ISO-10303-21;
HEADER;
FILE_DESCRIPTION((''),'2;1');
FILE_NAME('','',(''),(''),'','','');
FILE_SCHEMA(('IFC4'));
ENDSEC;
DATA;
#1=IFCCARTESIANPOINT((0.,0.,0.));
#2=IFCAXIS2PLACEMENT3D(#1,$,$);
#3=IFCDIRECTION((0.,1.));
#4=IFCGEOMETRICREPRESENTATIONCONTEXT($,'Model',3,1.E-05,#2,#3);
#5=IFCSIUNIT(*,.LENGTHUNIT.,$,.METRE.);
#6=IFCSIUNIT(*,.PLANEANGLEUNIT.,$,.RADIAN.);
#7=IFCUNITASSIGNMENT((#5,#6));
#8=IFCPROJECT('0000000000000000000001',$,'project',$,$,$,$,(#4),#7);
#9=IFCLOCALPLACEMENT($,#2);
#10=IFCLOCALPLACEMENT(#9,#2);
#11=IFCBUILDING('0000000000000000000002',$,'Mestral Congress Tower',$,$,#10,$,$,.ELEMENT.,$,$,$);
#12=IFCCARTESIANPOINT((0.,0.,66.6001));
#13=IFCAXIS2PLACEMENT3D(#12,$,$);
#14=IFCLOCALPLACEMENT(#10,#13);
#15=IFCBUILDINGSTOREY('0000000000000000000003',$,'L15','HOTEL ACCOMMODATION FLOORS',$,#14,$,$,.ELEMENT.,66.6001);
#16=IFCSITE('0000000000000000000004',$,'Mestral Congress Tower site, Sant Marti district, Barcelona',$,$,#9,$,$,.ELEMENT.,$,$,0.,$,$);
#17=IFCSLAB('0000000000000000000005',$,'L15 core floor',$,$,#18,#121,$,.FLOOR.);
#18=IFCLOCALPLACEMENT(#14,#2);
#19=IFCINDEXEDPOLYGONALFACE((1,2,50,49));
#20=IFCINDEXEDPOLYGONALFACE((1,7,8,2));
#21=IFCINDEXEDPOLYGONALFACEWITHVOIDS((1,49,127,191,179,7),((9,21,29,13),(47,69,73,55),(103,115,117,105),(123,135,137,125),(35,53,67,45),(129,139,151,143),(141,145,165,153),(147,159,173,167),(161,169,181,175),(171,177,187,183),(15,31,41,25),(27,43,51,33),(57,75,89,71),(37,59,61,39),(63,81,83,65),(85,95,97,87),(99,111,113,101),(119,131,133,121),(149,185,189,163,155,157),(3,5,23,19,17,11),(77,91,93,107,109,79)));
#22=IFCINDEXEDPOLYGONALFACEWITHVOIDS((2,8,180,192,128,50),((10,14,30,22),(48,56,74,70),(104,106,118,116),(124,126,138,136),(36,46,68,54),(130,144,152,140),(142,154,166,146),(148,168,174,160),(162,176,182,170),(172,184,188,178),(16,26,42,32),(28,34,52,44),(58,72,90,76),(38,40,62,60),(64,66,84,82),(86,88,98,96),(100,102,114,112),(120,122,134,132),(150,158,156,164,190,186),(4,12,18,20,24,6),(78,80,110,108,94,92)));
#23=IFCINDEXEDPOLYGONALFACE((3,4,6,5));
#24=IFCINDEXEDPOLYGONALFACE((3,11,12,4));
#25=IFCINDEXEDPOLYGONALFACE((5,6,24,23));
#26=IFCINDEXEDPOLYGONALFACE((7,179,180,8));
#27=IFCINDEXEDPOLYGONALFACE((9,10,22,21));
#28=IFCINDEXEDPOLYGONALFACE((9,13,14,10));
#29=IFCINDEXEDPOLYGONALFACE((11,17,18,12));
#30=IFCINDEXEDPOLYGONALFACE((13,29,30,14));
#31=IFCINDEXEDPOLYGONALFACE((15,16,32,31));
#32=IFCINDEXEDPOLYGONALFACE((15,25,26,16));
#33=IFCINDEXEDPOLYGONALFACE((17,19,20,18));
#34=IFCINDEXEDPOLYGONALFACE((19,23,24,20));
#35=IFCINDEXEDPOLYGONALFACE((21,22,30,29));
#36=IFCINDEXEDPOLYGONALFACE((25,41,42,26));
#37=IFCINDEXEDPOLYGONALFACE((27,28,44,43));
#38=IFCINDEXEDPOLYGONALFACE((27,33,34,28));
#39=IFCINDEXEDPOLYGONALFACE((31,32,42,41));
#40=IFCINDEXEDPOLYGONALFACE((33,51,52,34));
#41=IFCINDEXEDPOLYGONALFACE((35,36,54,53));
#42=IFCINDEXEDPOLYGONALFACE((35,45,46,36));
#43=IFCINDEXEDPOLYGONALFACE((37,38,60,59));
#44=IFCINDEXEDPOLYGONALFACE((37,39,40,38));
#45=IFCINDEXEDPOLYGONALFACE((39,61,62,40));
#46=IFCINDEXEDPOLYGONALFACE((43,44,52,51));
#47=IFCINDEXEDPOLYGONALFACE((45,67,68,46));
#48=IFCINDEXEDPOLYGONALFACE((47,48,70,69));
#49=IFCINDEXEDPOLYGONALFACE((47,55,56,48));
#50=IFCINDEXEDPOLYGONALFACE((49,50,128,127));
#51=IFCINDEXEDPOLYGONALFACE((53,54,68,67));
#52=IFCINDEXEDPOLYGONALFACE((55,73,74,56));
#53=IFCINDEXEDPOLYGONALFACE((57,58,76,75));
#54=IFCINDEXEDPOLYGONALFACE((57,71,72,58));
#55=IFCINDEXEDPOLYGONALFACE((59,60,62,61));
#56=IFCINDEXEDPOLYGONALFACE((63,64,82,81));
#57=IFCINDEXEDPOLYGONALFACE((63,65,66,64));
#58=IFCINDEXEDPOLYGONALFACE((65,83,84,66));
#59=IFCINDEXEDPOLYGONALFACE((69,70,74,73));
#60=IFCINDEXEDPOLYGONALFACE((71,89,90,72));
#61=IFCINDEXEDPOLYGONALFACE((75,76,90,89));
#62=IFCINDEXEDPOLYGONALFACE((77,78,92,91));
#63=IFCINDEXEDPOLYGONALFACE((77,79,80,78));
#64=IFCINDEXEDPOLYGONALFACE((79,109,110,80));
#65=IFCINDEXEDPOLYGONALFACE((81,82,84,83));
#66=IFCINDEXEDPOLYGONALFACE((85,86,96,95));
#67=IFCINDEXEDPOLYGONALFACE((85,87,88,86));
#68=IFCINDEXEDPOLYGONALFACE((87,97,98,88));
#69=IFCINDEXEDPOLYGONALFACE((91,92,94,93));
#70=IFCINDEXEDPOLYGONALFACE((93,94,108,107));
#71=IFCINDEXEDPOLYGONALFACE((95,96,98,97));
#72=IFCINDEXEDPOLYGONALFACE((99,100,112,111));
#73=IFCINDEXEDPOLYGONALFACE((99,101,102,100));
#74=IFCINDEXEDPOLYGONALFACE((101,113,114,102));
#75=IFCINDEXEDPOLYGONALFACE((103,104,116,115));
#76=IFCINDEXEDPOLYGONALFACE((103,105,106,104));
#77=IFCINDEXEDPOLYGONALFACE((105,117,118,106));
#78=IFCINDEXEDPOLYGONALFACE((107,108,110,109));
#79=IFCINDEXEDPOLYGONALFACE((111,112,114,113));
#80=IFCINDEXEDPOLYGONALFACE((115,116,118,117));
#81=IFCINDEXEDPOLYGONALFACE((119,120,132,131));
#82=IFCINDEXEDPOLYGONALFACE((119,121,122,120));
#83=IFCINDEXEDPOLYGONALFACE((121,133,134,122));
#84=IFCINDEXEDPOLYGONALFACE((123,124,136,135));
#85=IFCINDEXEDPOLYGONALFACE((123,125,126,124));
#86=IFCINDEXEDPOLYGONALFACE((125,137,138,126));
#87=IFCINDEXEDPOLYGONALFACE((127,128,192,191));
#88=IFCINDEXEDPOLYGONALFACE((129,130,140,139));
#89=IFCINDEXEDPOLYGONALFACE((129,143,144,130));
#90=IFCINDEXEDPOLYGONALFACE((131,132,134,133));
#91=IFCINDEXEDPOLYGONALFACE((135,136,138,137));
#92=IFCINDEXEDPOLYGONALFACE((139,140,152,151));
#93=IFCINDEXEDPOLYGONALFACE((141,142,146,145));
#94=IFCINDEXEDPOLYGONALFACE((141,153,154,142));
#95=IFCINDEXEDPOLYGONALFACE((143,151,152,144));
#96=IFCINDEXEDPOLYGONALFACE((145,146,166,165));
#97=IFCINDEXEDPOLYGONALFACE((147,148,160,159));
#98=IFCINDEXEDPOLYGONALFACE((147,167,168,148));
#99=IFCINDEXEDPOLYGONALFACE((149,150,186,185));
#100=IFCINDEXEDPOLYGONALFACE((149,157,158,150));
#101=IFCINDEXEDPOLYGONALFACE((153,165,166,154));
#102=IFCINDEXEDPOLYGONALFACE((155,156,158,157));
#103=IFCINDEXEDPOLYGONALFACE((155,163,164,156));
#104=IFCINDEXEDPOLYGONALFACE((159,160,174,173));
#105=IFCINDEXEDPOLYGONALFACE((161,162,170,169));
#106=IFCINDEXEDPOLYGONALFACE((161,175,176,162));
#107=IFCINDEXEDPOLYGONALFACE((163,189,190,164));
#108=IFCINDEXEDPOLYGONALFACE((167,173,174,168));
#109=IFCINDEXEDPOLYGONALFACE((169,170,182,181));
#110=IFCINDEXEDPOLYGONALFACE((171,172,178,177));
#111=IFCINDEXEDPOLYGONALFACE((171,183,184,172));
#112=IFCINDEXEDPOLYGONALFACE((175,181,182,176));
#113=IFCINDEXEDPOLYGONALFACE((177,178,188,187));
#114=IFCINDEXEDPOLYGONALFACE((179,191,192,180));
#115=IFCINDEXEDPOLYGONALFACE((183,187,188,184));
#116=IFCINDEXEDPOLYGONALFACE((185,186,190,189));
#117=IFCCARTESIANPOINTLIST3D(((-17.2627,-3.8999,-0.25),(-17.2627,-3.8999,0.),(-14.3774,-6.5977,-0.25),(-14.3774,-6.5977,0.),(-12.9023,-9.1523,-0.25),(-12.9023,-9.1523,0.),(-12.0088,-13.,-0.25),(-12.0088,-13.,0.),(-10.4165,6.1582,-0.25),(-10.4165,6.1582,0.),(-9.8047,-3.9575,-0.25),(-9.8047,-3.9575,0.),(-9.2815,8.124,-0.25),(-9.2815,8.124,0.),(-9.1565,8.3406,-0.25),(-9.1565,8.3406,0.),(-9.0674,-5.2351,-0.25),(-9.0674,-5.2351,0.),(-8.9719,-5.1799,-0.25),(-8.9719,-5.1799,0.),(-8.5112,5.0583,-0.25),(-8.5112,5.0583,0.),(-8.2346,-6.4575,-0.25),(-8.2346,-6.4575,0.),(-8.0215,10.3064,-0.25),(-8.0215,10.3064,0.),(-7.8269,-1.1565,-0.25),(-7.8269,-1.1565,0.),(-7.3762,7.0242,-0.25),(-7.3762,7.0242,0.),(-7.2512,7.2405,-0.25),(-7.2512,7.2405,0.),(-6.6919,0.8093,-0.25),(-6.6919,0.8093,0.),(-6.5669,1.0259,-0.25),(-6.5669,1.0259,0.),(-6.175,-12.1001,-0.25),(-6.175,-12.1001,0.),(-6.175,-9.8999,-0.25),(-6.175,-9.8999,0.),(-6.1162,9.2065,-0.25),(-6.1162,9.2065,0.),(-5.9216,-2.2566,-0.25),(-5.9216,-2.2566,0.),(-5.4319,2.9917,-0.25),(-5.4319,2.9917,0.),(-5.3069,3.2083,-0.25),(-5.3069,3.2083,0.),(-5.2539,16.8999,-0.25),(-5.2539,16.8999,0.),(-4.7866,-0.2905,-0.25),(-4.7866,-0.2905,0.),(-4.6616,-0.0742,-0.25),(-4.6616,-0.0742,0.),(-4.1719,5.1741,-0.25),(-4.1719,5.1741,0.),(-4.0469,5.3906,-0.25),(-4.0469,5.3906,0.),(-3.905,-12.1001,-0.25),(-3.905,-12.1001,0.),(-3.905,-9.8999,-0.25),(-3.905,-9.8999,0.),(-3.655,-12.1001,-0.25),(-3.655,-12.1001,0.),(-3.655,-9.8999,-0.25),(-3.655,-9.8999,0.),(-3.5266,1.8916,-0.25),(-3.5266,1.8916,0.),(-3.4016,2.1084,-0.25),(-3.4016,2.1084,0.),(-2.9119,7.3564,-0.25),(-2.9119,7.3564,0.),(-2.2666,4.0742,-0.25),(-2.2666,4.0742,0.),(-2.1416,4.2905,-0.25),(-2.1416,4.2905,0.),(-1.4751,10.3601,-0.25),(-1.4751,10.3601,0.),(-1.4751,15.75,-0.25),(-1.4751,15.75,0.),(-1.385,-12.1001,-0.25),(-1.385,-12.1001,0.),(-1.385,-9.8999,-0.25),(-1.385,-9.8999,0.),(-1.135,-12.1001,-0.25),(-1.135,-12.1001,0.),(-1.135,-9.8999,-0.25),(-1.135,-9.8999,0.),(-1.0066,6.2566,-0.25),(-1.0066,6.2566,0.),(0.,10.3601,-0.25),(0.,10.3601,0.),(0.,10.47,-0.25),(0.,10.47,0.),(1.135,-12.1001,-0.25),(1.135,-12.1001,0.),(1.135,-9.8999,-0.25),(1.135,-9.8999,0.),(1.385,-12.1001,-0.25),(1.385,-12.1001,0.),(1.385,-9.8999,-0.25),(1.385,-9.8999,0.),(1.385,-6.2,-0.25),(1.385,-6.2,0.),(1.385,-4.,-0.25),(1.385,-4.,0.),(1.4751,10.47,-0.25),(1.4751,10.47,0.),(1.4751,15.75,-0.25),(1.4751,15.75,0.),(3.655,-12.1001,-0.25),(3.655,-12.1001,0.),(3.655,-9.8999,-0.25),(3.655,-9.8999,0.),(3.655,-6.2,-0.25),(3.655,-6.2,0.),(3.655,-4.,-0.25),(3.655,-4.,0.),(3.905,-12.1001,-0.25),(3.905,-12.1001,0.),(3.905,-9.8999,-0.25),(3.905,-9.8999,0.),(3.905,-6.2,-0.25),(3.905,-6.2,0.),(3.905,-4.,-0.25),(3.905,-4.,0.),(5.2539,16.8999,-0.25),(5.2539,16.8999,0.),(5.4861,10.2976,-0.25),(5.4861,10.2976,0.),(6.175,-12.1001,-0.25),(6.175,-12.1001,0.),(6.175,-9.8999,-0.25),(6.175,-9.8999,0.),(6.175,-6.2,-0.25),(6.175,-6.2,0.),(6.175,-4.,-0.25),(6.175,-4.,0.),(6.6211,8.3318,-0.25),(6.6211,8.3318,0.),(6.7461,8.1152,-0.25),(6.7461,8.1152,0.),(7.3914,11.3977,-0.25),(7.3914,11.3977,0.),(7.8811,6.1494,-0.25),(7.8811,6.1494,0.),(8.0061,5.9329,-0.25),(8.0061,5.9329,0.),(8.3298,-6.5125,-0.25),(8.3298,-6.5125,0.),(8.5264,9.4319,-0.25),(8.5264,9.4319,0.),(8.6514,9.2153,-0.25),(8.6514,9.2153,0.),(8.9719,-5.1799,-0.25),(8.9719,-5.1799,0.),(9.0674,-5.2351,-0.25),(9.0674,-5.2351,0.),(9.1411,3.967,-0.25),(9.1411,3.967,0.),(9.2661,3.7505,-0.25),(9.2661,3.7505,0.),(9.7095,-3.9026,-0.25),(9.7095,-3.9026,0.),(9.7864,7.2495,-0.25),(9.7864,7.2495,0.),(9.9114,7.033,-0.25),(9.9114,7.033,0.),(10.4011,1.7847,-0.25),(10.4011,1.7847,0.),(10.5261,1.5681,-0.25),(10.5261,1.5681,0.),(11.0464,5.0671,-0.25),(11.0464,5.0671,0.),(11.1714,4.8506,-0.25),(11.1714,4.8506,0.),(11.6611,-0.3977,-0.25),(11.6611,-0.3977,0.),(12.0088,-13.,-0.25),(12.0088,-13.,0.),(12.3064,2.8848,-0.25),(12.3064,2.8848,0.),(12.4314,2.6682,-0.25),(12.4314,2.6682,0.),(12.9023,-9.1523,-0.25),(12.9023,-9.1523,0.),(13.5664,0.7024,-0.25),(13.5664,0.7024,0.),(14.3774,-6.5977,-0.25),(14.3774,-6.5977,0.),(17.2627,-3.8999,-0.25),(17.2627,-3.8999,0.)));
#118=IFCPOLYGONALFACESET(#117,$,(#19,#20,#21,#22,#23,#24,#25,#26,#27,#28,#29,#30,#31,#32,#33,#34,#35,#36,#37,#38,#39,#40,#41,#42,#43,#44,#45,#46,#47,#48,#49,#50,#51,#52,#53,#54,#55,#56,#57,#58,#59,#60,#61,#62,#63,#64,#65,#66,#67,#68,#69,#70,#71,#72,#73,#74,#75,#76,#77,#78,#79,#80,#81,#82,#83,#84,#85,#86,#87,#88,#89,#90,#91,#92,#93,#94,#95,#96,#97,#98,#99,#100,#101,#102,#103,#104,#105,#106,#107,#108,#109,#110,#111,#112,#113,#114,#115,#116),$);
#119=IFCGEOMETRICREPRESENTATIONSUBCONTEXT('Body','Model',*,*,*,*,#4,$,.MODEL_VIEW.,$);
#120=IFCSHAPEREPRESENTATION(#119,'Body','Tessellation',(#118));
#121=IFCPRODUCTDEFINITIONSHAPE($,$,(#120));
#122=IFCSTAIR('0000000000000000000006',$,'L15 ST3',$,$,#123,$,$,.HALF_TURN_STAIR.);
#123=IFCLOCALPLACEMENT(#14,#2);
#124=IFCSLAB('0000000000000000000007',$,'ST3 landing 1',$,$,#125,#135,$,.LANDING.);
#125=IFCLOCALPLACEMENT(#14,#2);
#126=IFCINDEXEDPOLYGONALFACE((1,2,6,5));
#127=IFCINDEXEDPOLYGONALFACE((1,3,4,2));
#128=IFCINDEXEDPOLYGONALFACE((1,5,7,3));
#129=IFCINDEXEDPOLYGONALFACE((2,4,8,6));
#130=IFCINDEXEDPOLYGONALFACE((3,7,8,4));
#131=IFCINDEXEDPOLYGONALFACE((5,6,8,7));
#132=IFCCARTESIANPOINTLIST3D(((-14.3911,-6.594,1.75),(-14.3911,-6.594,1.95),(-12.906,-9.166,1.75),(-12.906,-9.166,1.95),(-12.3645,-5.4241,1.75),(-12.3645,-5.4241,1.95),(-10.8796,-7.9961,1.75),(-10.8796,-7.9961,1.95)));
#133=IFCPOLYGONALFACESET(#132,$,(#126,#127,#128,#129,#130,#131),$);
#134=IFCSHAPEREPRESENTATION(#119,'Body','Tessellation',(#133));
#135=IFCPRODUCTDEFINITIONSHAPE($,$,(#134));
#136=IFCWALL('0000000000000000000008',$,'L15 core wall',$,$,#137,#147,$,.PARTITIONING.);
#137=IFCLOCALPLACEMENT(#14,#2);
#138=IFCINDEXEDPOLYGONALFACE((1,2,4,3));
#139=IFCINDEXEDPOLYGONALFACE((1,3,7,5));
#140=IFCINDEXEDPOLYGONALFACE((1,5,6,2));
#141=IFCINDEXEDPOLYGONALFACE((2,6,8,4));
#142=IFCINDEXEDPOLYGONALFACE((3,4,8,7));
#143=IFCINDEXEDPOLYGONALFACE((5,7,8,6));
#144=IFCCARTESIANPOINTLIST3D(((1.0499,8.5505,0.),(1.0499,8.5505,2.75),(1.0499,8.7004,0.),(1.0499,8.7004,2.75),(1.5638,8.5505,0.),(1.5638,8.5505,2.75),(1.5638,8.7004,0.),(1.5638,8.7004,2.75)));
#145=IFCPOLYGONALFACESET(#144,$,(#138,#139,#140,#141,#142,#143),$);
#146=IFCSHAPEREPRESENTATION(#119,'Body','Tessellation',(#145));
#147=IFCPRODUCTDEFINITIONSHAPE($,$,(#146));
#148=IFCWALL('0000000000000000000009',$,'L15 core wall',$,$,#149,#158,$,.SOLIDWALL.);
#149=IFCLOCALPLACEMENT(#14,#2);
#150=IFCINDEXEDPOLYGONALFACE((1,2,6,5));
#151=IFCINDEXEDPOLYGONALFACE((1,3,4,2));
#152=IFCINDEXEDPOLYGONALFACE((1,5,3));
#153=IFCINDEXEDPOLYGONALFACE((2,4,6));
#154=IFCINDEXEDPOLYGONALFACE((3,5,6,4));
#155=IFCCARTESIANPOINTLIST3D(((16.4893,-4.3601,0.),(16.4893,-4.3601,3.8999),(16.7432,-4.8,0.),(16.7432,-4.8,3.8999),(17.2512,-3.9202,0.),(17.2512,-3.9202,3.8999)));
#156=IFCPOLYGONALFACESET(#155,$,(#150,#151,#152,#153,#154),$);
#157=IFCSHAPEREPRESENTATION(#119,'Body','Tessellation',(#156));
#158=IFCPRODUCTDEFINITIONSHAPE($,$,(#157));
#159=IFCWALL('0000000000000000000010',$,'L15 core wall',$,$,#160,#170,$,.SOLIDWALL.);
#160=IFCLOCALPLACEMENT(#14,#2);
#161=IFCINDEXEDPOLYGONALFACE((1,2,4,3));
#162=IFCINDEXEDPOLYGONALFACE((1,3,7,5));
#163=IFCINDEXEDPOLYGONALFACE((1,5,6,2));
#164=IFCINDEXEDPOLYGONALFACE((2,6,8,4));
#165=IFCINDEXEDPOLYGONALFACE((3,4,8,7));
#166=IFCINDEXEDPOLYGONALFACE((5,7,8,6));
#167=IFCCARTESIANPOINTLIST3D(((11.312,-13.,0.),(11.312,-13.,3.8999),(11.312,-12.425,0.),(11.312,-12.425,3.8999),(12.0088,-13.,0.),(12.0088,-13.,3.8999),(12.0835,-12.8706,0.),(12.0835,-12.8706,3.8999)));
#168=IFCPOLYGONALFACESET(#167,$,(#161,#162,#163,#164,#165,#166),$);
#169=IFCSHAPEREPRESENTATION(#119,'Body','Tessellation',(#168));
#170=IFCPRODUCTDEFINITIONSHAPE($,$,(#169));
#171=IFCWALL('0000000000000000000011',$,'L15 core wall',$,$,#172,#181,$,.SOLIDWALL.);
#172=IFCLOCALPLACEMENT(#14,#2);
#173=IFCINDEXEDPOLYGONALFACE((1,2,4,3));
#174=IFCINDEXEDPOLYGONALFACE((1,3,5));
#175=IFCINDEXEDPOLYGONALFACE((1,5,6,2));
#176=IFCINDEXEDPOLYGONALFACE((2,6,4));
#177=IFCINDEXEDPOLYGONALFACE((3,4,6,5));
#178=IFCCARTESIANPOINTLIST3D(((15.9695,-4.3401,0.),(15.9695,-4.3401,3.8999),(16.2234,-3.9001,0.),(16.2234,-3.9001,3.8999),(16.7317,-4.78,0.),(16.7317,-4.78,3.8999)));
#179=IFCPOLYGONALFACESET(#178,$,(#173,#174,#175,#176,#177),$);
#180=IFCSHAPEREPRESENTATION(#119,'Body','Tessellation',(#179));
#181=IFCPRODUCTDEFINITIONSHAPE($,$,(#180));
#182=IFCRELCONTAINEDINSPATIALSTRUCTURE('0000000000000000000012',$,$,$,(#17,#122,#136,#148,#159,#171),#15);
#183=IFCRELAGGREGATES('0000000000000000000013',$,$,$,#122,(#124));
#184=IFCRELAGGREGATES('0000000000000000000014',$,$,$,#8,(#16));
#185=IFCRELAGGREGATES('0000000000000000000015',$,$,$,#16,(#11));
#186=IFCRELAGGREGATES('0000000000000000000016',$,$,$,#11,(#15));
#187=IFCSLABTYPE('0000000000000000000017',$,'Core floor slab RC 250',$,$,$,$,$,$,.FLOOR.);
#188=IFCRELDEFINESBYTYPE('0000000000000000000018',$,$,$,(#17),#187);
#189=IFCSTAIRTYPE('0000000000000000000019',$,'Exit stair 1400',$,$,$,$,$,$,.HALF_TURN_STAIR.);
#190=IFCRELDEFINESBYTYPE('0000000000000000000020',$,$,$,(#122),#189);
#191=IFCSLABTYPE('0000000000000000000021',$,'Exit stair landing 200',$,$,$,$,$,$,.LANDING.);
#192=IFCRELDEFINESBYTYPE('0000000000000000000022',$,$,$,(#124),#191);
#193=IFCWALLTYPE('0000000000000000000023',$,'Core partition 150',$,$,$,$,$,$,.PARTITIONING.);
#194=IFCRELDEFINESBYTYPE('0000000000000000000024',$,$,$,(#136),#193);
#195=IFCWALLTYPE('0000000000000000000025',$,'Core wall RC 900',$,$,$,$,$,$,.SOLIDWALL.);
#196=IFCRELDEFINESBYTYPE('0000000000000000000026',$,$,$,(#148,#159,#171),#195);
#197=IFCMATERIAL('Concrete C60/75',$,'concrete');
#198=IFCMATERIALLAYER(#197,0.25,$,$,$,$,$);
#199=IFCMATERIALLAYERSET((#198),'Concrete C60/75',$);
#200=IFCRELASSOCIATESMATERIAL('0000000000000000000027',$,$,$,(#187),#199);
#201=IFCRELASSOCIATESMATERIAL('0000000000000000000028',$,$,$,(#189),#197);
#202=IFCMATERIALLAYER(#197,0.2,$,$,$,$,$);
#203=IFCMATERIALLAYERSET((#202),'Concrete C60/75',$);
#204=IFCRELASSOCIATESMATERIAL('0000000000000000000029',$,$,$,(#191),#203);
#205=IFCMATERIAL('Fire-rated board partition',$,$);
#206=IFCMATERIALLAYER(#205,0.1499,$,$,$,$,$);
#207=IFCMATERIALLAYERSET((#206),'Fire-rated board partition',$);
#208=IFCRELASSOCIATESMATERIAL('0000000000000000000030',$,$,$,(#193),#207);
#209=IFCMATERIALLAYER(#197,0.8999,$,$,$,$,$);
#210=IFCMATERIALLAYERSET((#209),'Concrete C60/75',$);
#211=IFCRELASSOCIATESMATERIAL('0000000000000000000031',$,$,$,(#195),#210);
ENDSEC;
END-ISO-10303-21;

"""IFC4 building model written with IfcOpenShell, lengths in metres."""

from ifc_helpers import new_model, si_unit, direction, frame, frame_2d, origin, place, context, subcontext, project, spatial, polyline, rectangle, outline, extrude, material, layer, layer_set, type_object, element, aggregate, save


model = new_model("IFC4")

# Units and contexts
model_context = context("Model", 3, precision=1e-05, world=origin(), true_north=direction((0.0, 1.0)))
body_context = subcontext(model_context, "Body", "Model", "MODEL_VIEW")
ifc_project = project(units=[si_unit("LENGTHUNIT", "METRE"), si_unit("PLANEANGLEUNIT", "RADIAN")], contexts=[model_context])

# Site, building, storey
site_placement = place(None, origin())
site = spatial("IfcSite", under=ifc_project, at=site_placement, Name="Mestral Congress Tower site, Sant Marti district, Barcelona", CompositionType="ELEMENT", RefElevation=0.0)
building_placement = place(site_placement, origin())
building = spatial("IfcBuilding", under=site, at=building_placement, Name="Mestral Congress Tower", CompositionType="ELEMENT")
storey_placement = place(building_placement, frame((0.0, 0.0, 66.6001)))
storey = spatial("IfcBuildingStorey", under=building, at=storey_placement, Name="L15", Description="HOTEL ACCOMMODATION FLOORS", CompositionType="ELEMENT", Elevation=66.6001)

# Slab
ifc_material_1 = material(Name="Concrete C60/75", Category="concrete")
ifc_layer_1 = layer(ifc_material_1, 0.25)
ifc_layer_set_1 = layer_set([ifc_layer_1], Name="Concrete C60/75")
slab_type_1 = type_object("IfcSlabType", Name="Core floor slab RC 250", PredefinedType="FLOOR", material=ifc_layer_set_1)
slab_1_placement = place(storey_placement, frame((0.0, 0.0, -0.25)))
element("IfcSlab", 1, at=slab_1_placement, inside=storey, type_object=slab_type_1, Name="L15 core floor", PredefinedType="FLOOR", context=body_context, shape_type="SweptSolid", body=[
    extrude(outline(polyline([(12.0088, -13.0), (-12.0088, -13.0), (-17.2627, -3.8999), (-5.2539, 16.8999), (5.2539, 16.8999), (17.2627, -3.8999), (12.0088, -13.0)]), holes=[polyline([(-3.905, -9.8999), (-6.175, -9.8999), (-6.175, -12.1001), (-3.905, -12.1001), (-3.905, -9.8999)]), polyline([(-1.385, -9.8999), (-3.655, -9.8999), (-3.655, -12.1001), (-1.385, -12.1001), (-1.385, -9.8999)]), polyline([(1.135, -9.8999), (-1.135, -9.8999), (-1.135, -12.1001), (1.135, -12.1001), (1.135, -9.8999)]), polyline([(-9.0674, -5.2351), (-9.8047, -3.9575), (-14.3774, -6.5977), (-12.9023, -9.1523), (-8.2346, -6.4575), (-8.9719, -5.1799), (-9.0674, -5.2351)]), polyline([(-7.8269, -1.1565), (-5.9216, -2.2566), (-4.7866, -0.2905), (-6.6919, 0.8093), (-7.8269, -1.1565)]), polyline([(-4.6616, -0.0742), (-3.5266, 1.8916), (-5.4319, 2.9917), (-6.5669, 1.0259), (-4.6616, -0.0742)]), polyline([(-3.4016, 2.1084), (-2.2666, 4.0742), (-4.1719, 5.1741), (-5.3069, 3.2083), (-3.4016, 2.1084)]), polyline([(-2.1416, 4.2905), (-1.0066, 6.2566), (-2.9119, 7.3564), (-4.0469, 5.3906), (-2.1416, 4.2905)]), polyline([(-10.4165, 6.1582), (-8.5112, 5.0583), (-7.3762, 7.0242), (-9.2815, 8.124), (-10.4165, 6.1582)]), polyline([(-9.1565, 8.3406), (-7.2512, 7.2405), (-6.1162, 9.2065), (-8.0215, 10.3064), (-9.1565, 8.3406)]), polyline([(1.4751, 10.47), (1.4751, 15.75), (-1.4751, 15.75), (-1.4751, 10.3601), (0.0, 10.3601), (0.0, 10.47), (1.4751, 10.47)]), polyline([(3.655, -9.8999), (1.385, -9.8999), (1.385, -12.1001), (3.655, -12.1001), (3.655, -9.8999)]), polyline([(6.175, -9.8999), (3.905, -9.8999), (3.905, -12.1001), (6.175, -12.1001), (6.175, -9.8999)]), polyline([(9.0674, -5.2351), (8.3298, -6.5125), (12.9023, -9.1523), (14.3774, -6.5977), (9.7095, -3.9026), (8.9719, -5.1799), (9.0674, -5.2351)]), polyline([(3.655, -6.2), (3.655, -4.0), (1.385, -4.0), (1.385, -6.2), (3.655, -6.2)]), polyline([(6.175, -4.0), (3.905, -4.0), (3.905, -6.2), (6.175, -6.2), (6.175, -4.0)]), polyline([(12.4314, 2.6682), (10.5261, 1.5681), (11.6611, -0.3977), (13.5664, 0.7024), (12.4314, 2.6682)]), polyline([(11.1714, 4.8506), (9.2661, 3.7505), (10.4011, 1.7847), (12.3064, 2.8848), (11.1714, 4.8506)]), polyline([(8.0061, 5.9329), (9.1411, 3.967), (11.0464, 5.0671), (9.9114, 7.033), (8.0061, 5.9329)]), polyline([(8.6514, 9.2153), (6.7461, 8.1152), (7.8811, 6.1494), (9.7864, 7.2495), (8.6514, 9.2153)]), polyline([(7.3914, 11.3977), (5.4861, 10.2976), (6.6211, 8.3318), (8.5264, 9.4319), (7.3914, 11.3977)])]), origin(), (0.0, 0.0, 1.0), 0.25),
])

# Stair, slab
stair_type = type_object("IfcStairType", Name="Exit stair 1400", PredefinedType="HALF_TURN_STAIR", material=ifc_material_1)
placement = place(storey_placement, origin())
stair_1 = element("IfcStair", 2, at=placement, inside=storey, type_object=stair_type, Name="L15 ST3", PredefinedType="HALF_TURN_STAIR")
ifc_layer_2 = layer(ifc_material_1, 0.2)
ifc_layer_set_2 = layer_set([ifc_layer_2], Name="Concrete C60/75")
slab_type_2 = type_object("IfcSlabType", Name="Exit stair landing 200", PredefinedType="LANDING", material=ifc_layer_set_2)
slab_2_placement = place(storey_placement, frame((0.0, 0.0, 1.75)))
slab_2 = element("IfcSlab", 3, at=slab_2_placement, type_object=slab_type_2, Name="ST3 landing 1", PredefinedType="LANDING", context=body_context, shape_type="SweptSolid", body=[
    extrude(outline(polyline([(-12.3645, -5.4241), (-10.8796, -7.9961), (-12.906, -9.166), (-14.3911, -6.594), (-12.3645, -5.4241)])), origin(), (0.0, 0.0, 1.0), 0.2),
])
aggregate(stair_1, [slab_2])

# Walls
ifc_material_2 = material(Name="Fire-rated board partition")
ifc_layer_3 = layer(ifc_material_2, 0.1499)
ifc_layer_set_3 = layer_set([ifc_layer_3], Name="Fire-rated board partition")
wall_type_1 = type_object("IfcWallType", Name="Core partition 150", PredefinedType="PARTITIONING", material=ifc_layer_set_3)
wall_1_placement = place(storey_placement, frame((1.05, 8.6255, 0.0), z_axis=(0.0, 0.0, 1.0), x_axis=(1.0, 0.0, 0.0)))
element("IfcWall", 4, at=wall_1_placement, inside=storey, type_object=wall_type_1, Name="L15 core wall", PredefinedType="PARTITIONING", context=body_context, shape_type="SweptSolid", body=[
    extrude(rectangle(XDim=0.5139, YDim=0.1499, at=frame_2d((0.2568, 0.0))), origin(), (0.0, 0.0, 1.0), 2.75),
])
ifc_layer_4 = layer(ifc_material_1, 0.8999)
ifc_layer_set_4 = layer_set([ifc_layer_4], Name="Concrete C60/75")
wall_type_2 = type_object("IfcWallType", Name="Core wall RC 900", PredefinedType="SOLIDWALL", material=ifc_layer_set_4)
element("IfcWall", 5, at=placement, inside=storey, type_object=wall_type_2, Name="L15 core wall", PredefinedType="SOLIDWALL", context=body_context, shape_type="SweptSolid", body=[
    extrude(outline(polyline([(16.7432, -4.8), (16.4893, -4.3601), (17.2512, -3.9202), (16.7432, -4.8)])), origin(), (0.0, 0.0, 1.0), 3.8999),
])
element("IfcWall", 6, at=placement, inside=storey, type_object=wall_type_2, Name="L15 core wall", PredefinedType="SOLIDWALL", context=body_context, shape_type="SweptSolid", body=[
    extrude(outline(polyline([(12.0088, -13.0), (11.312, -13.0), (11.312, -12.425), (12.0835, -12.8706), (12.0088, -13.0)])), origin(), (0.0, 0.0, 1.0), 3.8999),
])
element("IfcWall", 7, at=placement, inside=storey, type_object=wall_type_2, Name="L15 core wall", PredefinedType="SOLIDWALL", context=body_context, shape_type="SweptSolid", body=[
    extrude(outline(polyline([(16.2234, -3.9001), (16.7317, -4.78), (15.9695, -4.3401), (16.2234, -3.9001)])), origin(), (0.0, 0.0, 1.0), 3.8999),
])

save(model, "model.ifc")
